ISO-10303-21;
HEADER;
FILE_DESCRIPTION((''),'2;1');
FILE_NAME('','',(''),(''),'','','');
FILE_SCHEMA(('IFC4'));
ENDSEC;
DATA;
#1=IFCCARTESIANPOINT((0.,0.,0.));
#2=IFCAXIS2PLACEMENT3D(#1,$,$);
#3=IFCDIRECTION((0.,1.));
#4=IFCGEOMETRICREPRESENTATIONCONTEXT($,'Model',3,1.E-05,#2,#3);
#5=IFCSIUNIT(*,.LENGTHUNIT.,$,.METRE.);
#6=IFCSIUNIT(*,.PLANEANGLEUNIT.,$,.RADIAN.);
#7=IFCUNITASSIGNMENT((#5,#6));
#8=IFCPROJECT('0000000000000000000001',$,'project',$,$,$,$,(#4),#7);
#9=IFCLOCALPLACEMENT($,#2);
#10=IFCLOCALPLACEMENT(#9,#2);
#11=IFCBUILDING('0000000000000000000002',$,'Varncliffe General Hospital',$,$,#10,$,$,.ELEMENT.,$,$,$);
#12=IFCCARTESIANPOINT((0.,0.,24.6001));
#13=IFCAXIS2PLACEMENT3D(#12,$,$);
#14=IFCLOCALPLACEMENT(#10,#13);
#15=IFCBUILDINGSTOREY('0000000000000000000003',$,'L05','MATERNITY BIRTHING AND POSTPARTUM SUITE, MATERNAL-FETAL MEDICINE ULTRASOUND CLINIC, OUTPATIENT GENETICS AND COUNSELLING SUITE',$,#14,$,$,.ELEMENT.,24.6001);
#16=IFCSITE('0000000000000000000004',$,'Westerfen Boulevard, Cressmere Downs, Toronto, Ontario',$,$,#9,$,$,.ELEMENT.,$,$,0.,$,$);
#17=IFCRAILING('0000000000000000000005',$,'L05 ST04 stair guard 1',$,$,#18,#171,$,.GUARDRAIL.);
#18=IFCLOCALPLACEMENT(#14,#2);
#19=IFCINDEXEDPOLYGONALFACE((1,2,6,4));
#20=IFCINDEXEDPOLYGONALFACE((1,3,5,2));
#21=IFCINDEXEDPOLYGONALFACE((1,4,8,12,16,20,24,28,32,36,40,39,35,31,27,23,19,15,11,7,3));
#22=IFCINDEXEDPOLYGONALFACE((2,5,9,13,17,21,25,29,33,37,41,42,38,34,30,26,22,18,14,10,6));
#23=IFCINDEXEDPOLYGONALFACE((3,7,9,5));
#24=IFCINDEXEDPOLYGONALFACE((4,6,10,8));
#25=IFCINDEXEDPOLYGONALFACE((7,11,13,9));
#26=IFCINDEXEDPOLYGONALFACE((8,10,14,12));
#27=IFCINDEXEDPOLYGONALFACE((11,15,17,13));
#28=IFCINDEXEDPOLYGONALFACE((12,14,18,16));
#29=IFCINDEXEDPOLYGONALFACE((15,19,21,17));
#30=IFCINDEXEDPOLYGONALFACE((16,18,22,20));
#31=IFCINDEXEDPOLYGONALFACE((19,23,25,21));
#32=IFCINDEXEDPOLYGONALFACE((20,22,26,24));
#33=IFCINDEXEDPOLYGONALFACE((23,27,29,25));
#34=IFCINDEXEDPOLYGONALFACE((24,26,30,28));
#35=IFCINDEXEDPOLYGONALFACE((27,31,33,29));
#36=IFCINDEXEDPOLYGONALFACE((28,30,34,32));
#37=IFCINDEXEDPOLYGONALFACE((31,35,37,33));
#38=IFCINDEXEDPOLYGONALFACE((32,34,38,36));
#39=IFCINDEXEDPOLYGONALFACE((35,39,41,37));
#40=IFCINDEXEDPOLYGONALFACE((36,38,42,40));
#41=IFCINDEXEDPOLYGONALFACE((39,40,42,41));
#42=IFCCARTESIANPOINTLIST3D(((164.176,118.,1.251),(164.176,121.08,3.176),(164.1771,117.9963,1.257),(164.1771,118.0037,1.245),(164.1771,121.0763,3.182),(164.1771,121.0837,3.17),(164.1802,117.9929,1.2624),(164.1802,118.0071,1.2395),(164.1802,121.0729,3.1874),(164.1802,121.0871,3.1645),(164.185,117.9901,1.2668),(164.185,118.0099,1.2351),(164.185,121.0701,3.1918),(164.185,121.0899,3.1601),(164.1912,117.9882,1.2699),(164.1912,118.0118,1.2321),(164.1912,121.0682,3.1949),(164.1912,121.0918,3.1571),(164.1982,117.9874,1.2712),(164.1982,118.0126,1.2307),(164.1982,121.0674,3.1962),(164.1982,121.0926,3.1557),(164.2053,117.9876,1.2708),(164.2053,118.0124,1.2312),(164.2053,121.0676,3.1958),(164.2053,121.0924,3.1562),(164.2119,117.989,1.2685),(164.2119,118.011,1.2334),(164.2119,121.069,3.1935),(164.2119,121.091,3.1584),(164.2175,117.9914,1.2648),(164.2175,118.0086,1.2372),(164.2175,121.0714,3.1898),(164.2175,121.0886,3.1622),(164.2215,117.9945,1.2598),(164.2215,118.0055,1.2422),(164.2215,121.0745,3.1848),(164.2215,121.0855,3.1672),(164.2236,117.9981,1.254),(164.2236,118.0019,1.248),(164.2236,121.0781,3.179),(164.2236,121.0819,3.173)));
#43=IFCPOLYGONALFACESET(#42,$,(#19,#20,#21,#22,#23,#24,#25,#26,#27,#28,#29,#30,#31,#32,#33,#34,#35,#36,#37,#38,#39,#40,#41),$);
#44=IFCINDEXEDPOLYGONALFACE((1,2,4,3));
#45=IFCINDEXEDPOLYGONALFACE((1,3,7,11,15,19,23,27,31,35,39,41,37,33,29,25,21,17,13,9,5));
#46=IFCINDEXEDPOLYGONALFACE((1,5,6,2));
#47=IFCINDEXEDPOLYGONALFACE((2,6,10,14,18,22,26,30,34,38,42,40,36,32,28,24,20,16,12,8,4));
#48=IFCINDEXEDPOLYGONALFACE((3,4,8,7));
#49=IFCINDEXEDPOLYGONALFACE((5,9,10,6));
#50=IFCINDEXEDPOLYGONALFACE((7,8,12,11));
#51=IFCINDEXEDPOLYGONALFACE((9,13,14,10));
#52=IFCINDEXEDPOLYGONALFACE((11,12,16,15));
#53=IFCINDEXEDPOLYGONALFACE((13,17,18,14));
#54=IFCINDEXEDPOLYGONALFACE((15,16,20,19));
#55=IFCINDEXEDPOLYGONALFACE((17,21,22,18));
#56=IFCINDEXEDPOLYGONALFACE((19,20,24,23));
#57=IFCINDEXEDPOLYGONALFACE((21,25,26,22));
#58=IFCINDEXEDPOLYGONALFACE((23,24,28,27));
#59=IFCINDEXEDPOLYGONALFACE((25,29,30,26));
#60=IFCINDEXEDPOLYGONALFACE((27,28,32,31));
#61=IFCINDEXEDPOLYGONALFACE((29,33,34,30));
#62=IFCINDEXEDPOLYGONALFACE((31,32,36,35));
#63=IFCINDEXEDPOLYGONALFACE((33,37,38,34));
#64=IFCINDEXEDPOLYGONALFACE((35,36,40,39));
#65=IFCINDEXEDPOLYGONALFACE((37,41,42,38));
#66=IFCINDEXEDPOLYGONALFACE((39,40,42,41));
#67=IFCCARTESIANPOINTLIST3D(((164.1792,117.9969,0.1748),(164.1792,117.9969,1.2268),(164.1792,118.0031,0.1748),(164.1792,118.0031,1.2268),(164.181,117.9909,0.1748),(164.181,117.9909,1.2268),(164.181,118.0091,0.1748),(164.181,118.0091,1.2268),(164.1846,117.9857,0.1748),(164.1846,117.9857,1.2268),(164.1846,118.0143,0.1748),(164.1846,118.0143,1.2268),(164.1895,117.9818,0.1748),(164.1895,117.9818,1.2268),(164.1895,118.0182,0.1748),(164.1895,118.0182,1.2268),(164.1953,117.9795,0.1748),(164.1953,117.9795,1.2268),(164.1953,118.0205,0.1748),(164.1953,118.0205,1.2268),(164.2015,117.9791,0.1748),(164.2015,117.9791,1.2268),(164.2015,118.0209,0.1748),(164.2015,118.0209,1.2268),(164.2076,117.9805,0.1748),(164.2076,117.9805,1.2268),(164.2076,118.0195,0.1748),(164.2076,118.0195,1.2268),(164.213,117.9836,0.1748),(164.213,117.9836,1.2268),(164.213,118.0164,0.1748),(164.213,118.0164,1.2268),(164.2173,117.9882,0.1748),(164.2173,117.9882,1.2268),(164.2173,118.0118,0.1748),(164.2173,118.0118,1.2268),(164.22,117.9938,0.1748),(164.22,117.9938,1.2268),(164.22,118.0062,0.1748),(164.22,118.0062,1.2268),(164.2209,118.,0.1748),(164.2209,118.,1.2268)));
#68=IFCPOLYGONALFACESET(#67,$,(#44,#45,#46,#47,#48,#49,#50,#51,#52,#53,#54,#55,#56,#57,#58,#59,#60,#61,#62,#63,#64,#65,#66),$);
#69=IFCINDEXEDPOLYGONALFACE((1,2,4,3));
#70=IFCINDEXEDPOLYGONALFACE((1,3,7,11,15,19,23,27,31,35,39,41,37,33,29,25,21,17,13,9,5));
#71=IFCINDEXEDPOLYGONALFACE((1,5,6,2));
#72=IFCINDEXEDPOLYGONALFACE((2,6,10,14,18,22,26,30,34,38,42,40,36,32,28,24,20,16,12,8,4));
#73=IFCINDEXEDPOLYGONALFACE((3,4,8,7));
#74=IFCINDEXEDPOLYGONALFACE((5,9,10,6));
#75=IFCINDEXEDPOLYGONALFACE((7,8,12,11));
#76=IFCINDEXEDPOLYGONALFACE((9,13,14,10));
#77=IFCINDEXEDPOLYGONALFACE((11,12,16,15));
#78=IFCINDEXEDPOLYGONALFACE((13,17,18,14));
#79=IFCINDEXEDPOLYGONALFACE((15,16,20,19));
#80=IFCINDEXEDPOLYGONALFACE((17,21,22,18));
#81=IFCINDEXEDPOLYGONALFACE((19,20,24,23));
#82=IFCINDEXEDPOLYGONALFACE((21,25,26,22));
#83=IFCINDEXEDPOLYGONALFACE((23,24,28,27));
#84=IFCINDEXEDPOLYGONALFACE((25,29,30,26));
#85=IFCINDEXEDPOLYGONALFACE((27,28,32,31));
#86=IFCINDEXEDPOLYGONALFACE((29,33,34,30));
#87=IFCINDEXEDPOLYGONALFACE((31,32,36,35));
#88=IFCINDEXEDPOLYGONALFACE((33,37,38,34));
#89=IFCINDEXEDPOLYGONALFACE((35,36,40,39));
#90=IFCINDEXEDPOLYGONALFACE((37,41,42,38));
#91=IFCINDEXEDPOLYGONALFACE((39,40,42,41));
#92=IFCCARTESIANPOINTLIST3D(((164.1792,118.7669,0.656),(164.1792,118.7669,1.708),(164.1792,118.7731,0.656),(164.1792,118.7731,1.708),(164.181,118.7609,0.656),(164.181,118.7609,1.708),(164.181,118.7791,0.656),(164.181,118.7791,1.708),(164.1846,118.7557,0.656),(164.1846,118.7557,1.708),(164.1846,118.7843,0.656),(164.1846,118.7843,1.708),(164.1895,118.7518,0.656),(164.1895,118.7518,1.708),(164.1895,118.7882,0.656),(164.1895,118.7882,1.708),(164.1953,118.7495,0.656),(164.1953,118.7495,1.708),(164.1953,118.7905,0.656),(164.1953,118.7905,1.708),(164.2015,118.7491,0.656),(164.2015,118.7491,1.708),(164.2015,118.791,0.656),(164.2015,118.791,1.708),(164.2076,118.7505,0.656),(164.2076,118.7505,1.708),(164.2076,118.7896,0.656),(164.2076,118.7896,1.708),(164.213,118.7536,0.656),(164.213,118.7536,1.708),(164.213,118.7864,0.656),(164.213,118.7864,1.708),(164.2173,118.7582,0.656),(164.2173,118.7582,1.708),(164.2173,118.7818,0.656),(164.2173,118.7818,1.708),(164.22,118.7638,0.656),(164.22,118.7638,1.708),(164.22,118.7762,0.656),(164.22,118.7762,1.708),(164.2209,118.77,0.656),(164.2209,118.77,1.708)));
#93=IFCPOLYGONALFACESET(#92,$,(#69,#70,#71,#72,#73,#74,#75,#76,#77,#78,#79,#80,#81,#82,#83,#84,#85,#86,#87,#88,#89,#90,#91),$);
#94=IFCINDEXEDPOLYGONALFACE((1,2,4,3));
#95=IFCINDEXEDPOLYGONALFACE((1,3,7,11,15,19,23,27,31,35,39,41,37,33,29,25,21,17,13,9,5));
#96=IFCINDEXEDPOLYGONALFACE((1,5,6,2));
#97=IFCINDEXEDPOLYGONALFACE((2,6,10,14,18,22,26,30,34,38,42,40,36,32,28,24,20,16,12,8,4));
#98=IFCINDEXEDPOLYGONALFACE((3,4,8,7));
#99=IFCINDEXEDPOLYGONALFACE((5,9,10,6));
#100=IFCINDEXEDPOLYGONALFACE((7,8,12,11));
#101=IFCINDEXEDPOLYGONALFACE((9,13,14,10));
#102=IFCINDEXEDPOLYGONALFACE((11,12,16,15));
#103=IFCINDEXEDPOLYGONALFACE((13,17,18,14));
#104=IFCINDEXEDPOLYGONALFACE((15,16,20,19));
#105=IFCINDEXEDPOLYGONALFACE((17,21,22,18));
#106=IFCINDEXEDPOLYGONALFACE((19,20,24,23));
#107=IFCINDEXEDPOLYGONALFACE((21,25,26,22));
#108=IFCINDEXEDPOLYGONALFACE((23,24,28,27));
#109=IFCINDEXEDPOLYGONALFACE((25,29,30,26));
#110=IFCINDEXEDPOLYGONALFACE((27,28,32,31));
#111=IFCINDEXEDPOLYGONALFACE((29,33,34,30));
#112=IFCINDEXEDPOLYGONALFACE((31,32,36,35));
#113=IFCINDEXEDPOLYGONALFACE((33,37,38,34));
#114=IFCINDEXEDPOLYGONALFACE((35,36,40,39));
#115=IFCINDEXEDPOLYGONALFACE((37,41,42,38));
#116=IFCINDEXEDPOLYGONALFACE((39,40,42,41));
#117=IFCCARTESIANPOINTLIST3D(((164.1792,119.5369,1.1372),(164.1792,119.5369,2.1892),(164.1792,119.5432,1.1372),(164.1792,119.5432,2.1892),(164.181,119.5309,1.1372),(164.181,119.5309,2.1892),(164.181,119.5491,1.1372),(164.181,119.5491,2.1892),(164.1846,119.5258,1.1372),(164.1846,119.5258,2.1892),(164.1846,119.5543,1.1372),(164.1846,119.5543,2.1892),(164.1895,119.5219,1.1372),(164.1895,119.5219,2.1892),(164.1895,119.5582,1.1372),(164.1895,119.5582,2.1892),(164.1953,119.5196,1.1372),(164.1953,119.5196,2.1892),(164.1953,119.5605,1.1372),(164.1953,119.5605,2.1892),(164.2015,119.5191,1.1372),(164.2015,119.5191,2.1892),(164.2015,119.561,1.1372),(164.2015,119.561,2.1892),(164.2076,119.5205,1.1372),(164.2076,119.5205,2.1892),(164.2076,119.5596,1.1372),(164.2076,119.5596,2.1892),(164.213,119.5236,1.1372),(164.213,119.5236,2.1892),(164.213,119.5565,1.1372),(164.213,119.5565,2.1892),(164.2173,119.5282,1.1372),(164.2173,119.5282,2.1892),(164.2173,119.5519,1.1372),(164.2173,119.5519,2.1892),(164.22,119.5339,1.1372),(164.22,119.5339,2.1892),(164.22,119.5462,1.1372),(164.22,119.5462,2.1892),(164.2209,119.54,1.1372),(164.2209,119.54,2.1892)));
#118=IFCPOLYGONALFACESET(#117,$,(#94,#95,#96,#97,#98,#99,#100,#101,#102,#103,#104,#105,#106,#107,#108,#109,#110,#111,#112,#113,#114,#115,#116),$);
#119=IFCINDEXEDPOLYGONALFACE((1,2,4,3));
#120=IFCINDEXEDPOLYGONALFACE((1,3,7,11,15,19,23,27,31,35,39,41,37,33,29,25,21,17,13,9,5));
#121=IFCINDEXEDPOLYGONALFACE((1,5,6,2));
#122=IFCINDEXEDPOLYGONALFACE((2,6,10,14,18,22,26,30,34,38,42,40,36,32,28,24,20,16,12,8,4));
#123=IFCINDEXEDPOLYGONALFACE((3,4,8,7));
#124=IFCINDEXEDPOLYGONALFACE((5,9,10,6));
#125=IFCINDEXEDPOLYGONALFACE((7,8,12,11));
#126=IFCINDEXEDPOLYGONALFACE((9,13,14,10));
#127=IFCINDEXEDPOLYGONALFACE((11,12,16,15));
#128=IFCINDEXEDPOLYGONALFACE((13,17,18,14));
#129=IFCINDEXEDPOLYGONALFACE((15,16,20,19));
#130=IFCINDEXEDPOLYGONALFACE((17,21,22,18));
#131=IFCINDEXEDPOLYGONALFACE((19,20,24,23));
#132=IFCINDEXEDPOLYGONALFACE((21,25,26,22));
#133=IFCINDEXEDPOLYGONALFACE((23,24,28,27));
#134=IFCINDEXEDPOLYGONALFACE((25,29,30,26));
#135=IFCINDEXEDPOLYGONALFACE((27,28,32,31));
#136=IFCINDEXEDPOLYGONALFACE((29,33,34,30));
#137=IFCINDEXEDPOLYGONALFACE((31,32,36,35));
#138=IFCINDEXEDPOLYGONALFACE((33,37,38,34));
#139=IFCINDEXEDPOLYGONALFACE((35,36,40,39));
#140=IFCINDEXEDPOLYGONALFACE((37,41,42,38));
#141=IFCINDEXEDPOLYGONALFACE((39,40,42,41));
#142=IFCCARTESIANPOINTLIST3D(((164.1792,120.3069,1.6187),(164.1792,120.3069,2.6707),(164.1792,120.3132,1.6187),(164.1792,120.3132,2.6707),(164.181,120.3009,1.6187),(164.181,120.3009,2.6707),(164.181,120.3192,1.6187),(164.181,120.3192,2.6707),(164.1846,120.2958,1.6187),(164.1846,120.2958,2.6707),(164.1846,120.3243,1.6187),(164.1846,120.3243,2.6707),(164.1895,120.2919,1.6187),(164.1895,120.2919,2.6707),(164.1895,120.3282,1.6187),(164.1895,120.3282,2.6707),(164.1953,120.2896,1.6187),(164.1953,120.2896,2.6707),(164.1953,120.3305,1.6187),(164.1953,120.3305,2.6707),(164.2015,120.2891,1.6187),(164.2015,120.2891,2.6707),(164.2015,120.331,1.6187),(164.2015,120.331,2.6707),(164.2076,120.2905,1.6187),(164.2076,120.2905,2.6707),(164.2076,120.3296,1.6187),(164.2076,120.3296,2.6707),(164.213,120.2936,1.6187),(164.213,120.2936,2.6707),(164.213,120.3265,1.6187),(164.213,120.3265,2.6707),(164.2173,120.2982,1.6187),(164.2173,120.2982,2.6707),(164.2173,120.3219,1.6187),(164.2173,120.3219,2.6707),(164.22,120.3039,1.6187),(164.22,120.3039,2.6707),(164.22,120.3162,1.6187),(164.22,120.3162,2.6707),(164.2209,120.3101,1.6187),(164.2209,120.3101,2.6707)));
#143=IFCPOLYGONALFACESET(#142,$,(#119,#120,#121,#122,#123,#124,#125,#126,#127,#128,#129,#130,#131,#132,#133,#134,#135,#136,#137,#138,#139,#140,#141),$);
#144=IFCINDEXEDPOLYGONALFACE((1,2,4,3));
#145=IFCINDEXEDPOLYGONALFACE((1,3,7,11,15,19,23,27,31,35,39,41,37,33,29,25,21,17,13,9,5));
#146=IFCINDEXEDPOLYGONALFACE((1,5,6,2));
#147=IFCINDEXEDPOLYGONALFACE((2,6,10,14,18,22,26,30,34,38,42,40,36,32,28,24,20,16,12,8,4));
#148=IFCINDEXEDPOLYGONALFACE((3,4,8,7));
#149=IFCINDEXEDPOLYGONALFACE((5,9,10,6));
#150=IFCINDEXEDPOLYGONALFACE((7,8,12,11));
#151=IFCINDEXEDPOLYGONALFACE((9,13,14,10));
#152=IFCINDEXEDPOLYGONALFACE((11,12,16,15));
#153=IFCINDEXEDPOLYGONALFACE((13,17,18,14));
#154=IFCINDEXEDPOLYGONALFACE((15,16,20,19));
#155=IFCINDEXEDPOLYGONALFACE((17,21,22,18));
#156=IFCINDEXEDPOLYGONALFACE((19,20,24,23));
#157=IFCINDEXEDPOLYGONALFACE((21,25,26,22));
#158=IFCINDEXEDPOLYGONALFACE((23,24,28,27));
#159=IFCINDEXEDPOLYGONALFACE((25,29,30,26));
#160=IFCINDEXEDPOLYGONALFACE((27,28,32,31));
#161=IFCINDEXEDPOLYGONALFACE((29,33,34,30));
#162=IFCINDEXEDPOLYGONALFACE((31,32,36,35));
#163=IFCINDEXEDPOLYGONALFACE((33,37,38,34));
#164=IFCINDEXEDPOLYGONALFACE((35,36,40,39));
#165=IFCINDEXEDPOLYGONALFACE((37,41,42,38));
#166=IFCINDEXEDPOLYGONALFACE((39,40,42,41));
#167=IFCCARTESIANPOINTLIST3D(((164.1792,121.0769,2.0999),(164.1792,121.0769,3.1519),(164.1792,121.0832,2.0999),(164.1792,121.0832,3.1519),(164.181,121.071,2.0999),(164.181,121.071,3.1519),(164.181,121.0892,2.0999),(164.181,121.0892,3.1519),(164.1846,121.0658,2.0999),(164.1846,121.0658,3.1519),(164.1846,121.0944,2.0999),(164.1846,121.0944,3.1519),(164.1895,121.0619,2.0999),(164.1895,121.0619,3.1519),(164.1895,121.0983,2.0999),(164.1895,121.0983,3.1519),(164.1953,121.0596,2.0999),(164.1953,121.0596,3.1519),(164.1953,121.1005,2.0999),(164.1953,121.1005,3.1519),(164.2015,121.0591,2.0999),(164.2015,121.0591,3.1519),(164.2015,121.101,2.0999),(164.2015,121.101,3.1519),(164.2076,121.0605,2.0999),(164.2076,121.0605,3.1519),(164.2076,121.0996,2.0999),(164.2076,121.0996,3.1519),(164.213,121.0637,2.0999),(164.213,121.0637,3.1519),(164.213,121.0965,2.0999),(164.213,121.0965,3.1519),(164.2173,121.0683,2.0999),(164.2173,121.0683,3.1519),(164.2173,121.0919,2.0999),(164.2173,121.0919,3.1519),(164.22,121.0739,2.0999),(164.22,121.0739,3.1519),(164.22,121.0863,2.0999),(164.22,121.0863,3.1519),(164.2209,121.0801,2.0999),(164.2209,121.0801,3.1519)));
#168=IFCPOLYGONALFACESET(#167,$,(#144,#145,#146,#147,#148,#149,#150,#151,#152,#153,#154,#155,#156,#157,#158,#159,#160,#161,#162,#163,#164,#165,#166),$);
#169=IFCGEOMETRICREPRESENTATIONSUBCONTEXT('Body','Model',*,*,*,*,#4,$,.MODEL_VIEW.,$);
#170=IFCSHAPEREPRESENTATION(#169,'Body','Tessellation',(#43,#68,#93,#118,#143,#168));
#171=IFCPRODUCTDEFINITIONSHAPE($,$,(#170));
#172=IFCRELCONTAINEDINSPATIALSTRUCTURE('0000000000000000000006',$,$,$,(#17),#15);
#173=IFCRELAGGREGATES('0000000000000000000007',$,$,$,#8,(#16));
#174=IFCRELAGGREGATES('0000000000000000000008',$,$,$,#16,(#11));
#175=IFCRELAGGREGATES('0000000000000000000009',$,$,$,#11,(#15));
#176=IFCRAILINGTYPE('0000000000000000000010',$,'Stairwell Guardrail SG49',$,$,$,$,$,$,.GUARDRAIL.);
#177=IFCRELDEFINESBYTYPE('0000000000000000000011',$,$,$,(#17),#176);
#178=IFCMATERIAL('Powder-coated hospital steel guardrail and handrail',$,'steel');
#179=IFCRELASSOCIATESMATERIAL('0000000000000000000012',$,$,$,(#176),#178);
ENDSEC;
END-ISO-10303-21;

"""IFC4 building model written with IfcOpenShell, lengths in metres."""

from ifc_helpers import new_model, si_unit, direction, frame, origin, origin_2d, place, context, subcontext, project, spatial, circle, extrude, material, type_object, element, save


model = new_model("IFC4")

# Units and contexts
model_context = context("Model", 3, precision=1e-05, world=origin(), true_north=direction((0.0, 1.0)))
body_context = subcontext(model_context, "Body", "Model", "MODEL_VIEW")
ifc_project = project(units=[si_unit("LENGTHUNIT", "METRE"), si_unit("PLANEANGLEUNIT", "RADIAN")], contexts=[model_context])

# Site, building, storey
site_placement = place(None, origin())
site = spatial("IfcSite", under=ifc_project, at=site_placement, Name="Westerfen Boulevard, Cressmere Downs, Toronto, Ontario", CompositionType="ELEMENT", RefElevation=0.0)
building_placement = place(site_placement, origin())
building = spatial("IfcBuilding", under=site, at=building_placement, Name="Varncliffe General Hospital", CompositionType="ELEMENT")
storey_placement = place(building_placement, frame((0.0, 0.0, 24.6001)))
storey = spatial("IfcBuildingStorey", under=building, at=storey_placement, Name="L05", Description="MATERNITY BIRTHING AND POSTPARTUM SUITE, MATERNAL-FETAL MEDICINE ULTRASOUND CLINIC, OUTPATIENT GENETICS AND COUNSELLING SUITE", CompositionType="ELEMENT", Elevation=24.6001)

# Railing
ifc_material_1 = material(Name="Powder-coated hospital steel guardrail and handrail", Category="steel")
railing_type_1 = type_object("IfcRailingType", Name="Stairwell Guardrail SG49", PredefinedType="GUARDRAIL", material=ifc_material_1)
railing_1_placement = place(storey_placement, frame((164.2, 118.0, 0.1748)))
element("IfcRailing", 1, at=railing_1_placement, inside=storey, type_object=railing_type_1, Name="L05 ST04 stair guard 1", PredefinedType="GUARDRAIL", context=body_context, shape_type="SweptSolid", body=[
    extrude(circle(Radius=0.0239, at=origin_2d()), frame((0.0, 0.0, 1.0762), z_axis=(0.0, 0.847998, 0.529999), x_axis=(-1.0, 0.0, 0.0)), (0.0, 0.0, 1.0), 3.6321),
    extrude(circle(Radius=0.021, at=origin_2d()), origin(), (0.0, 0.0, 1.0), 1.052),
    extrude(circle(Radius=0.021, at=origin_2d()), frame((0.0, 0.77, 0.4812)), (0.0, 0.0, 1.0), 1.052),
    extrude(circle(Radius=0.021, at=origin_2d()), frame((0.0, 1.54, 0.9624)), (0.0, 0.0, 1.0), 1.052),
    extrude(circle(Radius=0.021, at=origin_2d()), frame((0.0, 2.3101, 1.4438)), (0.0, 0.0, 1.0), 1.052),
    extrude(circle(Radius=0.021, at=origin_2d()), frame((0.0, 3.0801, 1.925)), (0.0, 0.0, 1.0), 1.052),
])

save(model, "model.ifc")
